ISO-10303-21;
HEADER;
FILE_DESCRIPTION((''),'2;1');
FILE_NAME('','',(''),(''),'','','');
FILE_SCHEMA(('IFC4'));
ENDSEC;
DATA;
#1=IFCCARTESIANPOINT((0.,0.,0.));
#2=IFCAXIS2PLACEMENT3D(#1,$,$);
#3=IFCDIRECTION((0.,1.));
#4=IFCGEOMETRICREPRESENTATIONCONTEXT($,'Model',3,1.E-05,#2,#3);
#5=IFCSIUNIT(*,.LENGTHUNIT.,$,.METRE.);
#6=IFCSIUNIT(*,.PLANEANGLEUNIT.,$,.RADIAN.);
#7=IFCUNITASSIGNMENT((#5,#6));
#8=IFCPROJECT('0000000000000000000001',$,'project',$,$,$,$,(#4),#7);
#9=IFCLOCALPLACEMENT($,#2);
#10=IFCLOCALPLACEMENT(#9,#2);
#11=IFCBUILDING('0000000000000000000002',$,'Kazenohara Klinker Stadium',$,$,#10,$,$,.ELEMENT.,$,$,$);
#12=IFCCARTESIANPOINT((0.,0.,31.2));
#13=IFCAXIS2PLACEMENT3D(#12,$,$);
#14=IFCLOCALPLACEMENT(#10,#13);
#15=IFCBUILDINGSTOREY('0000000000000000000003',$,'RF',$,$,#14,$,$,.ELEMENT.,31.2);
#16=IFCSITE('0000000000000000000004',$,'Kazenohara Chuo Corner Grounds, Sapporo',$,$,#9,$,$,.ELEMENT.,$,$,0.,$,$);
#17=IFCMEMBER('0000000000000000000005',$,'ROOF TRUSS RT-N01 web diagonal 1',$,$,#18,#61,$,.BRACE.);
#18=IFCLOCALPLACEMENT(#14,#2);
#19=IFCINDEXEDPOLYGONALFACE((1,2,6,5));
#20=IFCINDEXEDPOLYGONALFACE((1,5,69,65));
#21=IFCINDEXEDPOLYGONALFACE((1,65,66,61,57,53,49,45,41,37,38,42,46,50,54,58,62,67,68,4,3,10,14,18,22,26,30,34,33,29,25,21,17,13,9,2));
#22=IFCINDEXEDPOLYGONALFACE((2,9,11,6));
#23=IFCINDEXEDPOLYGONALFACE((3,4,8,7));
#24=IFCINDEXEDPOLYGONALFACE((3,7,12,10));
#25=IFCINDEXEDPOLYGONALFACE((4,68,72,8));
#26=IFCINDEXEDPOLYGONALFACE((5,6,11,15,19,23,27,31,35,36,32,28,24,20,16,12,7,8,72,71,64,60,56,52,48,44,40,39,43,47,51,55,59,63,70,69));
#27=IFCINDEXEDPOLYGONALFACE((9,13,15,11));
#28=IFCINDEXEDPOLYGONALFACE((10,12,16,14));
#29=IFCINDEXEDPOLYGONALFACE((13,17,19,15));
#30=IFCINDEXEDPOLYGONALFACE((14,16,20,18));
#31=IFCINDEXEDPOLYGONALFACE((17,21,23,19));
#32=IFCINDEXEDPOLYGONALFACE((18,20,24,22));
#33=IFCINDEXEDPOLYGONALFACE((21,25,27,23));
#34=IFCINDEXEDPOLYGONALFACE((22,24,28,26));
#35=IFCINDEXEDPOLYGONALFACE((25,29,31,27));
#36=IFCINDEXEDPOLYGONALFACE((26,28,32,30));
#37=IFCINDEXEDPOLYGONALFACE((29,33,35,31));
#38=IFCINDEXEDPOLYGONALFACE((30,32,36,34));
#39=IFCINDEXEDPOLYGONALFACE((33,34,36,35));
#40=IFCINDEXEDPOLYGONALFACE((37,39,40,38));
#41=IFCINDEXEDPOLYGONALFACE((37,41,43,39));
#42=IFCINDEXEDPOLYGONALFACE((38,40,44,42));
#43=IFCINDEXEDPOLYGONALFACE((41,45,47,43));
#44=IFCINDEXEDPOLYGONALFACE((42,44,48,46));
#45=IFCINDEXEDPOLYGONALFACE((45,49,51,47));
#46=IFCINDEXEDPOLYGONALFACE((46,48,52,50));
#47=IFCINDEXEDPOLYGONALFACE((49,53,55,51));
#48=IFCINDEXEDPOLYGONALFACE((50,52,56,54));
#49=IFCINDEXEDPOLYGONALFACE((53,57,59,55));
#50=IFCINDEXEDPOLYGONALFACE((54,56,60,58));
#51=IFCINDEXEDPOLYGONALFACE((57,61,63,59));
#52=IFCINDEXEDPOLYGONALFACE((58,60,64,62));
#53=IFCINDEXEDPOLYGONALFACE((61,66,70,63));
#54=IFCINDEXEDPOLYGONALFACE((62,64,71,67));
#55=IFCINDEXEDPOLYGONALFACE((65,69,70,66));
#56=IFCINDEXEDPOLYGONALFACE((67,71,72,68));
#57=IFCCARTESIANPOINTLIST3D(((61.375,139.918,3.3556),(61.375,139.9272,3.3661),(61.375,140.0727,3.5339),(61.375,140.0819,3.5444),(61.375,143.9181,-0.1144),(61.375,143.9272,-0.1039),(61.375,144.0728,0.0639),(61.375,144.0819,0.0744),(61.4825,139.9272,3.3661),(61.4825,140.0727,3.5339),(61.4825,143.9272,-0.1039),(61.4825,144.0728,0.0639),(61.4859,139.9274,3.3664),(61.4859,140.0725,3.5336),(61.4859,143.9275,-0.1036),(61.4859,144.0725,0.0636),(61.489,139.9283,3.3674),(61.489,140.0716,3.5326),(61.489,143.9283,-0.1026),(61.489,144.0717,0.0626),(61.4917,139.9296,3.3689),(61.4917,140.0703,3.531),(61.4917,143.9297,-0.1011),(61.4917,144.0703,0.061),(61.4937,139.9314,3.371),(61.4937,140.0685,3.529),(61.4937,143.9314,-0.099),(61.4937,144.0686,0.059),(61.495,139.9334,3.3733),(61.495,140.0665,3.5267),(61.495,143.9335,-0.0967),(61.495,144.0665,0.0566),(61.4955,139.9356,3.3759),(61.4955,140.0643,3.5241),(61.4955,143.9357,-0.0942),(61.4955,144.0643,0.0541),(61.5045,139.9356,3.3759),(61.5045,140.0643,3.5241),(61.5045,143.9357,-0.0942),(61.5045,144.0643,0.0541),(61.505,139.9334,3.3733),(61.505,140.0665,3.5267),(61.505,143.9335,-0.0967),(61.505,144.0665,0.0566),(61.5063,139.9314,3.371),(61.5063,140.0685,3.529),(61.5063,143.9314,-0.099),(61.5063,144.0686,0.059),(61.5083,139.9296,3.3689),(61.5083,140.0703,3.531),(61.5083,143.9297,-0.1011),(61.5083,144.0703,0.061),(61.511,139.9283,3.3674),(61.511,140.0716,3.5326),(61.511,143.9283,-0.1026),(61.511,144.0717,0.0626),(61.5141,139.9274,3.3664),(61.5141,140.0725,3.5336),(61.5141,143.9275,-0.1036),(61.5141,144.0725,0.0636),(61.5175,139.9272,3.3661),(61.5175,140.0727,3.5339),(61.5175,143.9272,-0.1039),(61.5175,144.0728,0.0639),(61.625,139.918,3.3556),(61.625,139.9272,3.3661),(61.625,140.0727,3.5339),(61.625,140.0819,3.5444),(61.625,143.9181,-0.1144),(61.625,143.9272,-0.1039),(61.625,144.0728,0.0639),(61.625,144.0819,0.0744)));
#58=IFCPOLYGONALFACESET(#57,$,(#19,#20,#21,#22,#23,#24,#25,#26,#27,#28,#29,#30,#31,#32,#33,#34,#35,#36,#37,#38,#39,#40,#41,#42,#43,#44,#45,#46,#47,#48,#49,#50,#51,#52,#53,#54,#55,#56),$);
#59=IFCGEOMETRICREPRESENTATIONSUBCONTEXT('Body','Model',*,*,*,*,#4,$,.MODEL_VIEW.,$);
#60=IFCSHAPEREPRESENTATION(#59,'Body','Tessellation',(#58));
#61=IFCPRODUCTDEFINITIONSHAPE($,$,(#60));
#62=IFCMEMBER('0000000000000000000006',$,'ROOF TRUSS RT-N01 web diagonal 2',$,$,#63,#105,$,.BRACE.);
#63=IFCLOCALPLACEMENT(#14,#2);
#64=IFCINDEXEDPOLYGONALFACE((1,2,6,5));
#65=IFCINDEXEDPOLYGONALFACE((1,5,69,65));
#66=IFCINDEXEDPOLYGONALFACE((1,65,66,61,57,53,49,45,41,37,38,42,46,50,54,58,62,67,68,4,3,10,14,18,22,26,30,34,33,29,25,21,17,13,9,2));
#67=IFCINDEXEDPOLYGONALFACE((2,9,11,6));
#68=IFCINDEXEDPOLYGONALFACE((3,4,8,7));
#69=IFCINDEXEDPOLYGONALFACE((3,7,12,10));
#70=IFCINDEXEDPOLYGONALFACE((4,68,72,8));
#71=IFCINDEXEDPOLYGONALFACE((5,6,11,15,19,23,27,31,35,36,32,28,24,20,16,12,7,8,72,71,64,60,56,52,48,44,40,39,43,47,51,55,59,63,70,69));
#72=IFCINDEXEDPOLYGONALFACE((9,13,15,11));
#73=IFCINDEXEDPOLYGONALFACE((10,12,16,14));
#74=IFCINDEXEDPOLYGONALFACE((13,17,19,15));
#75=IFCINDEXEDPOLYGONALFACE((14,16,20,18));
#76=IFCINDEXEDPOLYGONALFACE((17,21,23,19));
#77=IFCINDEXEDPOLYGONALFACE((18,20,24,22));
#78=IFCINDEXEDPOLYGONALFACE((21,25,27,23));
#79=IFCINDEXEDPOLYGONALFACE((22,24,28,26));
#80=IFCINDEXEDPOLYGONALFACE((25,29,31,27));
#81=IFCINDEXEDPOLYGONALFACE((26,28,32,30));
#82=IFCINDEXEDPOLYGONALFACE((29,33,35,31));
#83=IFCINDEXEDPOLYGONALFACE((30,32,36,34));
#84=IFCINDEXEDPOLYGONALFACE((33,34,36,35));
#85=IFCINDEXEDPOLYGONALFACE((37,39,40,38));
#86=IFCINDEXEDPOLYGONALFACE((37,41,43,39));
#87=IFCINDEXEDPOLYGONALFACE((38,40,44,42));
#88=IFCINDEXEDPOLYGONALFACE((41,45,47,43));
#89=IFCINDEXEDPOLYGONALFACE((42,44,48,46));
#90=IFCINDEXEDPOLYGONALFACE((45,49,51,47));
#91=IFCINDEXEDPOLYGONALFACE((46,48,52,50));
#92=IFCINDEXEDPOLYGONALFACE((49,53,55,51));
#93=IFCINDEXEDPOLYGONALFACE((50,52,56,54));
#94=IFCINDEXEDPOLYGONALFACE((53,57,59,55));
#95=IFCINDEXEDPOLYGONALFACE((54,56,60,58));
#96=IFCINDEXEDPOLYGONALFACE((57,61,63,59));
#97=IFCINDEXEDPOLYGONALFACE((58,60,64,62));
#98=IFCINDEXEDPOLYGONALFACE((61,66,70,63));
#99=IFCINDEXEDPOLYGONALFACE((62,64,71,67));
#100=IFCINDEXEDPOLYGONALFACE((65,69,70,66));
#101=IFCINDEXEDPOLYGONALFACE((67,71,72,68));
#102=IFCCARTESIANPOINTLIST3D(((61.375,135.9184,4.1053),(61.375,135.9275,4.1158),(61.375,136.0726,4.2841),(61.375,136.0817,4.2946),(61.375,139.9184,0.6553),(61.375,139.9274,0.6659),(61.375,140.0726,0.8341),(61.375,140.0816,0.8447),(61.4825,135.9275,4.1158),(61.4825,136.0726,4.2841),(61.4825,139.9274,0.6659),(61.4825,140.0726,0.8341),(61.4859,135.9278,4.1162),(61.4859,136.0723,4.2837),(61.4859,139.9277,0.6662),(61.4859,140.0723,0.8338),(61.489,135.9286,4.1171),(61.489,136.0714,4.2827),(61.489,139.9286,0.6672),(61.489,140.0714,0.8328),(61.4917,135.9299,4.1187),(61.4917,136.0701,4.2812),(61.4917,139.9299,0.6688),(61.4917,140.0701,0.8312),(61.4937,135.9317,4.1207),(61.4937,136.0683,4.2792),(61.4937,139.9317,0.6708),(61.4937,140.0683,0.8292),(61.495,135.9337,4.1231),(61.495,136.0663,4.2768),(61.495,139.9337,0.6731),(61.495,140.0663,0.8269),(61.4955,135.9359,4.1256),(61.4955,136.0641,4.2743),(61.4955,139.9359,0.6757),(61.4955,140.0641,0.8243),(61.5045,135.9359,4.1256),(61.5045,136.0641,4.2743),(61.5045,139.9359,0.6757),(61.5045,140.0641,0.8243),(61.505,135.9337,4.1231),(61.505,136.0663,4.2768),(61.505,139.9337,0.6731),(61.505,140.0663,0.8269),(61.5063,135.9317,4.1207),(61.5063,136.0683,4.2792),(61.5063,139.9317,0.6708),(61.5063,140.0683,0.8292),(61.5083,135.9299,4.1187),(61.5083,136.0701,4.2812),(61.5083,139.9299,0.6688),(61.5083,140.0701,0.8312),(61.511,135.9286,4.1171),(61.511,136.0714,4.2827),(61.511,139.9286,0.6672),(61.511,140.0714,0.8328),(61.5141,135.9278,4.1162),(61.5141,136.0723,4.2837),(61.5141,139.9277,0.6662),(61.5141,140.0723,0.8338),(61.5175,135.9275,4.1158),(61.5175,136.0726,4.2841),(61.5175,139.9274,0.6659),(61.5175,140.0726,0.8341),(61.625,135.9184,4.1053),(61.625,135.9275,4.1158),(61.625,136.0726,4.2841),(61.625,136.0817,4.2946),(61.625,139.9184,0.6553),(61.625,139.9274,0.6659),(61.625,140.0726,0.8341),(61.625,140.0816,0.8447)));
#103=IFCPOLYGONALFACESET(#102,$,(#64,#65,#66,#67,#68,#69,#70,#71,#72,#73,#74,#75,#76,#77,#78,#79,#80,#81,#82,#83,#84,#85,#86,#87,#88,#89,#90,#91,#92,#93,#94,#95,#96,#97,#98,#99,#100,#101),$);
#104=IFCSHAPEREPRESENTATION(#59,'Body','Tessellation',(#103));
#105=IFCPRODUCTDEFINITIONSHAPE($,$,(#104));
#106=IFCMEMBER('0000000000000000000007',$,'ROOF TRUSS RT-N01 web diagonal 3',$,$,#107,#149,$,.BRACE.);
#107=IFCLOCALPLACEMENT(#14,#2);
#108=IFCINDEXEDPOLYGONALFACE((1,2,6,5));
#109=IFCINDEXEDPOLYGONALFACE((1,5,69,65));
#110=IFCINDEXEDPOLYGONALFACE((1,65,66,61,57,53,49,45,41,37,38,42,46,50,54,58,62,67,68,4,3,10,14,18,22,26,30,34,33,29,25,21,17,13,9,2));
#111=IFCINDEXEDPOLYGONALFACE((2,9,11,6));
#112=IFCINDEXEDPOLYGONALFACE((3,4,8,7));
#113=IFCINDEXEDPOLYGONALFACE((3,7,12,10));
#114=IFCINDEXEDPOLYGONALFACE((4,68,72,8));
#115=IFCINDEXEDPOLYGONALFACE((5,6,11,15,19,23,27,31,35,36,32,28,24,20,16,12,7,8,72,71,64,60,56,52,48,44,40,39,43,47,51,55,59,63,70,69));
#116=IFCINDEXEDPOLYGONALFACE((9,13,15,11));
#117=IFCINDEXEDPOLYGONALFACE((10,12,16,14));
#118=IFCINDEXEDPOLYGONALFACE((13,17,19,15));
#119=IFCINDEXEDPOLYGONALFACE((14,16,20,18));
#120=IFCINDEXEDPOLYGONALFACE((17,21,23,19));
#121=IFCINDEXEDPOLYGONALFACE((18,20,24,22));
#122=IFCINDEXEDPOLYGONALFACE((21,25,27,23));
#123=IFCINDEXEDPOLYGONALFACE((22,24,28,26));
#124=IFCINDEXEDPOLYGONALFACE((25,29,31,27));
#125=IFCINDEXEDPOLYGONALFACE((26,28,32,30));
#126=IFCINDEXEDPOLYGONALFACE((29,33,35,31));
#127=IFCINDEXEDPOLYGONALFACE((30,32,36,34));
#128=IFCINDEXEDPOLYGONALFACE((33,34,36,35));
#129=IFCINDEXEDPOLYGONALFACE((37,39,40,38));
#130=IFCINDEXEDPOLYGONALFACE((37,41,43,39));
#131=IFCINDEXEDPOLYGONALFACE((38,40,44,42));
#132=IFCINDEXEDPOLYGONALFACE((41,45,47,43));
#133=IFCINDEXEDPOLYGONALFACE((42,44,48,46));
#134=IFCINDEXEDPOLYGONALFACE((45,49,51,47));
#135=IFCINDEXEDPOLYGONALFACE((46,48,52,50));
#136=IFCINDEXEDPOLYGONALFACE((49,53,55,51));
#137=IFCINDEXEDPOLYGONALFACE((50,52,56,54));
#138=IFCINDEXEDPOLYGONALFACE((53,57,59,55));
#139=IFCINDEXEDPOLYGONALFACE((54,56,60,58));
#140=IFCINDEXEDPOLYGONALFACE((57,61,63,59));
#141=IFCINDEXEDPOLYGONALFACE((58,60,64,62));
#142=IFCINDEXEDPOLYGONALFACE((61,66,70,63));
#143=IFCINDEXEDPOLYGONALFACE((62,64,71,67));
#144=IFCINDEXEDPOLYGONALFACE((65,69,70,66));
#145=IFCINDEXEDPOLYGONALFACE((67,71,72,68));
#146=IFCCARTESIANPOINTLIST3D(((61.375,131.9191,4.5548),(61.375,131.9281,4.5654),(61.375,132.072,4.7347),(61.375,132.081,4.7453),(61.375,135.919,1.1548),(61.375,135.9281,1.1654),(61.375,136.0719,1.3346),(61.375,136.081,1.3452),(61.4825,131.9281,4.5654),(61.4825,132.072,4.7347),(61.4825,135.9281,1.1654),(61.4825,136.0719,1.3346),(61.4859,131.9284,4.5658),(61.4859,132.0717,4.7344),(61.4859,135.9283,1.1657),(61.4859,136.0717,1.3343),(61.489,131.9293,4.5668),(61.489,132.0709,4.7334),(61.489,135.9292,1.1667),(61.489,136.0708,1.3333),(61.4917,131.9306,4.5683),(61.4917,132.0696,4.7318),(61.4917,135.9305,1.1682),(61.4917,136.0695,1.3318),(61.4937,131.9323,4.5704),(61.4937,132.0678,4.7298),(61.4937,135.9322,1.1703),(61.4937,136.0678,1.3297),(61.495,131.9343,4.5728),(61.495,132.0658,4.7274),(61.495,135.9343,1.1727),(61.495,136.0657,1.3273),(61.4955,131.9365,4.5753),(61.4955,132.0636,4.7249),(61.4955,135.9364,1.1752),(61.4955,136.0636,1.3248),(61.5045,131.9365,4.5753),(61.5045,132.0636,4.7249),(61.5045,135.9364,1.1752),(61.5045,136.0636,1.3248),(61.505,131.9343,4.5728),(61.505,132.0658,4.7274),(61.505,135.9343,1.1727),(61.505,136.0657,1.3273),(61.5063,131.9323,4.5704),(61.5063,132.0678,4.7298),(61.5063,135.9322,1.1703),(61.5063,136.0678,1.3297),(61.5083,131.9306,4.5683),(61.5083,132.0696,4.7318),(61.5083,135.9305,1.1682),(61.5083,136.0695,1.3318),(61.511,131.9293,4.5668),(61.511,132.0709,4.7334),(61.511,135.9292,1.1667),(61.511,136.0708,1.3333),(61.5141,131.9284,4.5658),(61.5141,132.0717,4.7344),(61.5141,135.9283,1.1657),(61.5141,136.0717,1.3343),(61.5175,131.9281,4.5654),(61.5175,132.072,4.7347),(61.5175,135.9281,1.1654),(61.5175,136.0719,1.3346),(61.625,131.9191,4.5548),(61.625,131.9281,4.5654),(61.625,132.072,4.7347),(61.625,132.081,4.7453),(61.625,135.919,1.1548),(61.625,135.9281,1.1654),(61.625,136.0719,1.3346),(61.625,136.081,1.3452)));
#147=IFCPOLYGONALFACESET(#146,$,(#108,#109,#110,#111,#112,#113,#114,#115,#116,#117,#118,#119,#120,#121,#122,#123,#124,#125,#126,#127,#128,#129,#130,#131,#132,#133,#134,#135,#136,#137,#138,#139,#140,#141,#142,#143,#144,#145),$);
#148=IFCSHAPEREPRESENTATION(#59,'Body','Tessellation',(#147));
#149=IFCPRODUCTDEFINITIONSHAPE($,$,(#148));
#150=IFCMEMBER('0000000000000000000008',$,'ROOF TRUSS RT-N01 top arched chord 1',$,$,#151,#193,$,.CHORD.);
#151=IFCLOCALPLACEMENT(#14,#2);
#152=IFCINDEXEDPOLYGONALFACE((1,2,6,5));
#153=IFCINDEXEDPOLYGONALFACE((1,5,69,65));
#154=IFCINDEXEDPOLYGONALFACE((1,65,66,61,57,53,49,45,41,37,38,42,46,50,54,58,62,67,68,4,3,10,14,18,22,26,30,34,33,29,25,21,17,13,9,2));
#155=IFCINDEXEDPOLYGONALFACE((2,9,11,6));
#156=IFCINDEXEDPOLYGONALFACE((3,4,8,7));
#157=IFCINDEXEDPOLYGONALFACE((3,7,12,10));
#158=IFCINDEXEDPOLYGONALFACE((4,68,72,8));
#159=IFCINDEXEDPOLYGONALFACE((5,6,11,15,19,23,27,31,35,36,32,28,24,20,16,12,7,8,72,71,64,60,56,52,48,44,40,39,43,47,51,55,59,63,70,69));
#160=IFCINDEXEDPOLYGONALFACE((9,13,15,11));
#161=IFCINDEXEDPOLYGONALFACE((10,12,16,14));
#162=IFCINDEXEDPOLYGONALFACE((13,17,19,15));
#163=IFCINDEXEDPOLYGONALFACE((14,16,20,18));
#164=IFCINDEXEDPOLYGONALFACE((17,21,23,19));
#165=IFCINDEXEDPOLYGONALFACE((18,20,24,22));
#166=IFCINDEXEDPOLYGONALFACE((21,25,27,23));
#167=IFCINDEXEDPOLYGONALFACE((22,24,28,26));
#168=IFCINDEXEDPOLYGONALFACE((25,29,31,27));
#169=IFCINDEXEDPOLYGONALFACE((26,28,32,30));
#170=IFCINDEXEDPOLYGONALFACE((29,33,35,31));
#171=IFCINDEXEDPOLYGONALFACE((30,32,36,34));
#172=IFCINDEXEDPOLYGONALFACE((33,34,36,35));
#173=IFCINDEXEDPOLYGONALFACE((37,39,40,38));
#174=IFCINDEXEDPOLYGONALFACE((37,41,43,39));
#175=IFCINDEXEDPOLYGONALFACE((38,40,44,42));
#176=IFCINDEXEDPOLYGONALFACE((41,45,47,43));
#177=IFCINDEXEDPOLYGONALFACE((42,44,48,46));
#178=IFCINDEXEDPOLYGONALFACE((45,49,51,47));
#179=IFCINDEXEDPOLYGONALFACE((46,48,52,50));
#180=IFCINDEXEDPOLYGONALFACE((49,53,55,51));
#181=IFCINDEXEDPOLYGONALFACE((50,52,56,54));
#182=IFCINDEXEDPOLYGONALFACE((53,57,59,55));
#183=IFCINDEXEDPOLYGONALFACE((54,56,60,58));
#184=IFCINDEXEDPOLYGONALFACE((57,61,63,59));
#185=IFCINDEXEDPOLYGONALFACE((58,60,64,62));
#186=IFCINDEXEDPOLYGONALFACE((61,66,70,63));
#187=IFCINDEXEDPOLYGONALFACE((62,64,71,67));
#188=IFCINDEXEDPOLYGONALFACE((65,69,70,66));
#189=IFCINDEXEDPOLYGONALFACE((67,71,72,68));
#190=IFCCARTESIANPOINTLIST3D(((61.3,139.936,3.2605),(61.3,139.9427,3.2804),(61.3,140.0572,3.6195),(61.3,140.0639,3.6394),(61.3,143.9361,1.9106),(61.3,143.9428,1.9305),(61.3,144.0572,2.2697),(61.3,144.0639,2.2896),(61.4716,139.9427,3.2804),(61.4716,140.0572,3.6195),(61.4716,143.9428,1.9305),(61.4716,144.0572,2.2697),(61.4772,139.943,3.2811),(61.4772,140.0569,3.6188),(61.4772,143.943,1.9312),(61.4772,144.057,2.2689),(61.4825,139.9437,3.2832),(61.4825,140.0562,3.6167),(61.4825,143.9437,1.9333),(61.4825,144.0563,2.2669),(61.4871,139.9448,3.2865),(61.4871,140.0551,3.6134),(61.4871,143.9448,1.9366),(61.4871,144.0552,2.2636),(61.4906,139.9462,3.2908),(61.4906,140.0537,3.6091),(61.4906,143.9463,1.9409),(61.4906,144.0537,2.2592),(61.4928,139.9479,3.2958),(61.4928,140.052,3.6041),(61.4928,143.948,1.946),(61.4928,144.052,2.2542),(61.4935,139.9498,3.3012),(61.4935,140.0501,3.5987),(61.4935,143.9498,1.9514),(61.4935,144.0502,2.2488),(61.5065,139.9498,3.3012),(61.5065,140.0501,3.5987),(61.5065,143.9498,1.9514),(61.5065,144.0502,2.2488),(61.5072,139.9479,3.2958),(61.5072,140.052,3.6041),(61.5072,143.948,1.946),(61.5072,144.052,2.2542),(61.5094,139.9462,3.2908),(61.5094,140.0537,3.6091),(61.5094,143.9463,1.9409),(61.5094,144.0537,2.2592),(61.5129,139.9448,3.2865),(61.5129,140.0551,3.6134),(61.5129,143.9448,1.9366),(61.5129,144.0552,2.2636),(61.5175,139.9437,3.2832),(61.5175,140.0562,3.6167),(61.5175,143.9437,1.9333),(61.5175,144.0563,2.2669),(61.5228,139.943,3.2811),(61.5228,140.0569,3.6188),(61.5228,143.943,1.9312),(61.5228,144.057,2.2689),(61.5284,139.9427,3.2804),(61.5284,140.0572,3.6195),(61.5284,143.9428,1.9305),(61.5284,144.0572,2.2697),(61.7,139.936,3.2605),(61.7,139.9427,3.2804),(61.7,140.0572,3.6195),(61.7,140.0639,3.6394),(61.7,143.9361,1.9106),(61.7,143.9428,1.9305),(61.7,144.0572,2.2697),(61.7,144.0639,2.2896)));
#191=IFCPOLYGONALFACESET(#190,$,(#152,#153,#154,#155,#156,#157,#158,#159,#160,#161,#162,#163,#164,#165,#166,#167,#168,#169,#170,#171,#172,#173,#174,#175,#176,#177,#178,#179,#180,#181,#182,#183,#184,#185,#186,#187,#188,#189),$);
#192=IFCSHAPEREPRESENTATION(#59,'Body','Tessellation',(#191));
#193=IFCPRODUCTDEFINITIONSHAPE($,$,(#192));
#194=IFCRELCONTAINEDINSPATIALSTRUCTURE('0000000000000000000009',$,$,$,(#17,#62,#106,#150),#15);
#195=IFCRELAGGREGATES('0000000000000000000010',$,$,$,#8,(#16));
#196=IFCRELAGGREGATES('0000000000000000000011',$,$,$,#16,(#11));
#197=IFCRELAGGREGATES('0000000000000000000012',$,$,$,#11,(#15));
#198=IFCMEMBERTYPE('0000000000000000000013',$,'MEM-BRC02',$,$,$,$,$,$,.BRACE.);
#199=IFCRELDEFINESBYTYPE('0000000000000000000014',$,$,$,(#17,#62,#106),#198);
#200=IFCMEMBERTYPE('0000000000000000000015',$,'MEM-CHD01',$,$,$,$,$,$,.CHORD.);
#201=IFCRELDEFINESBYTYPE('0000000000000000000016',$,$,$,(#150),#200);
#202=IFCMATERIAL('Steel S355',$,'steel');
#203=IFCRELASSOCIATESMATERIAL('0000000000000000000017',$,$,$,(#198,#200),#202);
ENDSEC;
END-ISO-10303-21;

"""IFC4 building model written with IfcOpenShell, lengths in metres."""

from ifc_helpers import new_model, si_unit, direction, frame, origin, origin_2d, place, context, subcontext, project, spatial, i_section, extrude, material, material_profile, profile_set, type_object, element, save


model = new_model("IFC4")

# Units and contexts
model_context = context("Model", 3, precision=1e-05, world=origin(), true_north=direction((0.0, 1.0)))
body_context = subcontext(model_context, "Body", "Model", "MODEL_VIEW")
ifc_project = project(units=[si_unit("LENGTHUNIT", "METRE"), si_unit("PLANEANGLEUNIT", "RADIAN")], contexts=[model_context])

# Site, building, storey
site_placement = place(None, origin())
site = spatial("IfcSite", under=ifc_project, at=site_placement, Name="Kazenohara Chuo Corner Grounds, Sapporo", CompositionType="ELEMENT", RefElevation=0.0)
building_placement = place(site_placement, origin())
building = spatial("IfcBuilding", under=site, at=building_placement, Name="Kazenohara Klinker Stadium", CompositionType="ELEMENT")
storey_placement = place(building_placement, frame((0.0, 0.0, 31.2)))
storey = spatial("IfcBuildingStorey", under=building, at=storey_placement, Name="RF", CompositionType="ELEMENT", Elevation=31.2)

# Members
ifc_material_1 = material(Name="Steel S355", Category="steel")
ifc_material_profile_1 = material_profile(ifc_material_1, i_section(OverallWidth=0.25, OverallDepth=0.25, WebThickness=0.009, FlangeThickness=0.0139, FilletRadius=0.0129, at=origin_2d()), Name="H-250x250x9x14")
ifc_profile_set_1 = profile_set([ifc_material_profile_1], Name="Steel S355")
member_type_1 = type_object("IfcMemberType", Name="MEM-BRC02", PredefinedType="BRACE", material=ifc_profile_set_1)
member_1_placement = place(storey_placement, frame((61.5, 144.0, -0.02), z_axis=(0.0, -0.75538, 0.655287), x_axis=(1.0, 0.0, 0.0)))
element("IfcMember", 1, at=member_1_placement, inside=storey, type_object=member_type_1, Name="ROOF TRUSS RT-N01 web diagonal 1", PredefinedType="BRACE", context=body_context, shape_type="SweptSolid", body=[
    extrude(i_section(OverallWidth=0.25, OverallDepth=0.25, WebThickness=0.009, FlangeThickness=0.0139, FilletRadius=0.0129, at=origin_2d()), origin(), (0.0, 0.0, 1.0), 5.2954),
])
member_2_placement = place(storey_placement, frame((61.5, 140.0, 0.75), z_axis=(0.0, -0.757253, 0.653122), x_axis=(1.0, 0.0, 0.0)))
element("IfcMember", 2, at=member_2_placement, inside=storey, type_object=member_type_1, Name="ROOF TRUSS RT-N01 web diagonal 2", PredefinedType="BRACE", context=body_context, shape_type="SweptSolid", body=[
    extrude(i_section(OverallWidth=0.25, OverallDepth=0.25, WebThickness=0.009, FlangeThickness=0.0139, FilletRadius=0.0129, at=origin_2d()), origin(), (0.0, 0.0, 1.0), 5.2822),
])
member_3_placement = place(storey_placement, frame((61.5, 136.0, 1.25), z_axis=(0.0, -0.761926, 0.647665), x_axis=(1.0, 0.0, 0.0)))
element("IfcMember", 3, at=member_3_placement, inside=storey, type_object=member_type_1, Name="ROOF TRUSS RT-N01 web diagonal 3", PredefinedType="BRACE", context=body_context, shape_type="SweptSolid", body=[
    extrude(i_section(OverallWidth=0.25, OverallDepth=0.25, WebThickness=0.009, FlangeThickness=0.0139, FilletRadius=0.0129, at=origin_2d()), origin(), (0.0, 0.0, 1.0), 5.2498),
])
ifc_material_profile_2 = material_profile(ifc_material_1, i_section(OverallWidth=0.3999, OverallDepth=0.3999, WebThickness=0.0129, FlangeThickness=0.021, FilletRadius=0.022, at=origin_2d()), Name="H-400x400x13x21")
ifc_profile_set_2 = profile_set([ifc_material_profile_2], Name="Steel S355")
member_type_2 = type_object("IfcMemberType", Name="MEM-CHD01", PredefinedType="CHORD", material=ifc_profile_set_2)
member_4_placement = place(storey_placement, frame((61.5, 144.0, 2.1001), z_axis=(0.0, -0.947503, 0.319747), x_axis=(1.0, 0.0, 0.0)))
element("IfcMember", 4, at=member_4_placement, inside=storey, type_object=member_type_2, Name="ROOF TRUSS RT-N01 top arched chord 1", PredefinedType="CHORD", context=body_context, shape_type="SweptSolid", body=[
    extrude(i_section(OverallWidth=0.3999, OverallDepth=0.3999, WebThickness=0.0129, FlangeThickness=0.021, FilletRadius=0.022, at=origin_2d()), origin(), (0.0, 0.0, 1.0), 4.2217),
])

save(model, "model.ifc")
